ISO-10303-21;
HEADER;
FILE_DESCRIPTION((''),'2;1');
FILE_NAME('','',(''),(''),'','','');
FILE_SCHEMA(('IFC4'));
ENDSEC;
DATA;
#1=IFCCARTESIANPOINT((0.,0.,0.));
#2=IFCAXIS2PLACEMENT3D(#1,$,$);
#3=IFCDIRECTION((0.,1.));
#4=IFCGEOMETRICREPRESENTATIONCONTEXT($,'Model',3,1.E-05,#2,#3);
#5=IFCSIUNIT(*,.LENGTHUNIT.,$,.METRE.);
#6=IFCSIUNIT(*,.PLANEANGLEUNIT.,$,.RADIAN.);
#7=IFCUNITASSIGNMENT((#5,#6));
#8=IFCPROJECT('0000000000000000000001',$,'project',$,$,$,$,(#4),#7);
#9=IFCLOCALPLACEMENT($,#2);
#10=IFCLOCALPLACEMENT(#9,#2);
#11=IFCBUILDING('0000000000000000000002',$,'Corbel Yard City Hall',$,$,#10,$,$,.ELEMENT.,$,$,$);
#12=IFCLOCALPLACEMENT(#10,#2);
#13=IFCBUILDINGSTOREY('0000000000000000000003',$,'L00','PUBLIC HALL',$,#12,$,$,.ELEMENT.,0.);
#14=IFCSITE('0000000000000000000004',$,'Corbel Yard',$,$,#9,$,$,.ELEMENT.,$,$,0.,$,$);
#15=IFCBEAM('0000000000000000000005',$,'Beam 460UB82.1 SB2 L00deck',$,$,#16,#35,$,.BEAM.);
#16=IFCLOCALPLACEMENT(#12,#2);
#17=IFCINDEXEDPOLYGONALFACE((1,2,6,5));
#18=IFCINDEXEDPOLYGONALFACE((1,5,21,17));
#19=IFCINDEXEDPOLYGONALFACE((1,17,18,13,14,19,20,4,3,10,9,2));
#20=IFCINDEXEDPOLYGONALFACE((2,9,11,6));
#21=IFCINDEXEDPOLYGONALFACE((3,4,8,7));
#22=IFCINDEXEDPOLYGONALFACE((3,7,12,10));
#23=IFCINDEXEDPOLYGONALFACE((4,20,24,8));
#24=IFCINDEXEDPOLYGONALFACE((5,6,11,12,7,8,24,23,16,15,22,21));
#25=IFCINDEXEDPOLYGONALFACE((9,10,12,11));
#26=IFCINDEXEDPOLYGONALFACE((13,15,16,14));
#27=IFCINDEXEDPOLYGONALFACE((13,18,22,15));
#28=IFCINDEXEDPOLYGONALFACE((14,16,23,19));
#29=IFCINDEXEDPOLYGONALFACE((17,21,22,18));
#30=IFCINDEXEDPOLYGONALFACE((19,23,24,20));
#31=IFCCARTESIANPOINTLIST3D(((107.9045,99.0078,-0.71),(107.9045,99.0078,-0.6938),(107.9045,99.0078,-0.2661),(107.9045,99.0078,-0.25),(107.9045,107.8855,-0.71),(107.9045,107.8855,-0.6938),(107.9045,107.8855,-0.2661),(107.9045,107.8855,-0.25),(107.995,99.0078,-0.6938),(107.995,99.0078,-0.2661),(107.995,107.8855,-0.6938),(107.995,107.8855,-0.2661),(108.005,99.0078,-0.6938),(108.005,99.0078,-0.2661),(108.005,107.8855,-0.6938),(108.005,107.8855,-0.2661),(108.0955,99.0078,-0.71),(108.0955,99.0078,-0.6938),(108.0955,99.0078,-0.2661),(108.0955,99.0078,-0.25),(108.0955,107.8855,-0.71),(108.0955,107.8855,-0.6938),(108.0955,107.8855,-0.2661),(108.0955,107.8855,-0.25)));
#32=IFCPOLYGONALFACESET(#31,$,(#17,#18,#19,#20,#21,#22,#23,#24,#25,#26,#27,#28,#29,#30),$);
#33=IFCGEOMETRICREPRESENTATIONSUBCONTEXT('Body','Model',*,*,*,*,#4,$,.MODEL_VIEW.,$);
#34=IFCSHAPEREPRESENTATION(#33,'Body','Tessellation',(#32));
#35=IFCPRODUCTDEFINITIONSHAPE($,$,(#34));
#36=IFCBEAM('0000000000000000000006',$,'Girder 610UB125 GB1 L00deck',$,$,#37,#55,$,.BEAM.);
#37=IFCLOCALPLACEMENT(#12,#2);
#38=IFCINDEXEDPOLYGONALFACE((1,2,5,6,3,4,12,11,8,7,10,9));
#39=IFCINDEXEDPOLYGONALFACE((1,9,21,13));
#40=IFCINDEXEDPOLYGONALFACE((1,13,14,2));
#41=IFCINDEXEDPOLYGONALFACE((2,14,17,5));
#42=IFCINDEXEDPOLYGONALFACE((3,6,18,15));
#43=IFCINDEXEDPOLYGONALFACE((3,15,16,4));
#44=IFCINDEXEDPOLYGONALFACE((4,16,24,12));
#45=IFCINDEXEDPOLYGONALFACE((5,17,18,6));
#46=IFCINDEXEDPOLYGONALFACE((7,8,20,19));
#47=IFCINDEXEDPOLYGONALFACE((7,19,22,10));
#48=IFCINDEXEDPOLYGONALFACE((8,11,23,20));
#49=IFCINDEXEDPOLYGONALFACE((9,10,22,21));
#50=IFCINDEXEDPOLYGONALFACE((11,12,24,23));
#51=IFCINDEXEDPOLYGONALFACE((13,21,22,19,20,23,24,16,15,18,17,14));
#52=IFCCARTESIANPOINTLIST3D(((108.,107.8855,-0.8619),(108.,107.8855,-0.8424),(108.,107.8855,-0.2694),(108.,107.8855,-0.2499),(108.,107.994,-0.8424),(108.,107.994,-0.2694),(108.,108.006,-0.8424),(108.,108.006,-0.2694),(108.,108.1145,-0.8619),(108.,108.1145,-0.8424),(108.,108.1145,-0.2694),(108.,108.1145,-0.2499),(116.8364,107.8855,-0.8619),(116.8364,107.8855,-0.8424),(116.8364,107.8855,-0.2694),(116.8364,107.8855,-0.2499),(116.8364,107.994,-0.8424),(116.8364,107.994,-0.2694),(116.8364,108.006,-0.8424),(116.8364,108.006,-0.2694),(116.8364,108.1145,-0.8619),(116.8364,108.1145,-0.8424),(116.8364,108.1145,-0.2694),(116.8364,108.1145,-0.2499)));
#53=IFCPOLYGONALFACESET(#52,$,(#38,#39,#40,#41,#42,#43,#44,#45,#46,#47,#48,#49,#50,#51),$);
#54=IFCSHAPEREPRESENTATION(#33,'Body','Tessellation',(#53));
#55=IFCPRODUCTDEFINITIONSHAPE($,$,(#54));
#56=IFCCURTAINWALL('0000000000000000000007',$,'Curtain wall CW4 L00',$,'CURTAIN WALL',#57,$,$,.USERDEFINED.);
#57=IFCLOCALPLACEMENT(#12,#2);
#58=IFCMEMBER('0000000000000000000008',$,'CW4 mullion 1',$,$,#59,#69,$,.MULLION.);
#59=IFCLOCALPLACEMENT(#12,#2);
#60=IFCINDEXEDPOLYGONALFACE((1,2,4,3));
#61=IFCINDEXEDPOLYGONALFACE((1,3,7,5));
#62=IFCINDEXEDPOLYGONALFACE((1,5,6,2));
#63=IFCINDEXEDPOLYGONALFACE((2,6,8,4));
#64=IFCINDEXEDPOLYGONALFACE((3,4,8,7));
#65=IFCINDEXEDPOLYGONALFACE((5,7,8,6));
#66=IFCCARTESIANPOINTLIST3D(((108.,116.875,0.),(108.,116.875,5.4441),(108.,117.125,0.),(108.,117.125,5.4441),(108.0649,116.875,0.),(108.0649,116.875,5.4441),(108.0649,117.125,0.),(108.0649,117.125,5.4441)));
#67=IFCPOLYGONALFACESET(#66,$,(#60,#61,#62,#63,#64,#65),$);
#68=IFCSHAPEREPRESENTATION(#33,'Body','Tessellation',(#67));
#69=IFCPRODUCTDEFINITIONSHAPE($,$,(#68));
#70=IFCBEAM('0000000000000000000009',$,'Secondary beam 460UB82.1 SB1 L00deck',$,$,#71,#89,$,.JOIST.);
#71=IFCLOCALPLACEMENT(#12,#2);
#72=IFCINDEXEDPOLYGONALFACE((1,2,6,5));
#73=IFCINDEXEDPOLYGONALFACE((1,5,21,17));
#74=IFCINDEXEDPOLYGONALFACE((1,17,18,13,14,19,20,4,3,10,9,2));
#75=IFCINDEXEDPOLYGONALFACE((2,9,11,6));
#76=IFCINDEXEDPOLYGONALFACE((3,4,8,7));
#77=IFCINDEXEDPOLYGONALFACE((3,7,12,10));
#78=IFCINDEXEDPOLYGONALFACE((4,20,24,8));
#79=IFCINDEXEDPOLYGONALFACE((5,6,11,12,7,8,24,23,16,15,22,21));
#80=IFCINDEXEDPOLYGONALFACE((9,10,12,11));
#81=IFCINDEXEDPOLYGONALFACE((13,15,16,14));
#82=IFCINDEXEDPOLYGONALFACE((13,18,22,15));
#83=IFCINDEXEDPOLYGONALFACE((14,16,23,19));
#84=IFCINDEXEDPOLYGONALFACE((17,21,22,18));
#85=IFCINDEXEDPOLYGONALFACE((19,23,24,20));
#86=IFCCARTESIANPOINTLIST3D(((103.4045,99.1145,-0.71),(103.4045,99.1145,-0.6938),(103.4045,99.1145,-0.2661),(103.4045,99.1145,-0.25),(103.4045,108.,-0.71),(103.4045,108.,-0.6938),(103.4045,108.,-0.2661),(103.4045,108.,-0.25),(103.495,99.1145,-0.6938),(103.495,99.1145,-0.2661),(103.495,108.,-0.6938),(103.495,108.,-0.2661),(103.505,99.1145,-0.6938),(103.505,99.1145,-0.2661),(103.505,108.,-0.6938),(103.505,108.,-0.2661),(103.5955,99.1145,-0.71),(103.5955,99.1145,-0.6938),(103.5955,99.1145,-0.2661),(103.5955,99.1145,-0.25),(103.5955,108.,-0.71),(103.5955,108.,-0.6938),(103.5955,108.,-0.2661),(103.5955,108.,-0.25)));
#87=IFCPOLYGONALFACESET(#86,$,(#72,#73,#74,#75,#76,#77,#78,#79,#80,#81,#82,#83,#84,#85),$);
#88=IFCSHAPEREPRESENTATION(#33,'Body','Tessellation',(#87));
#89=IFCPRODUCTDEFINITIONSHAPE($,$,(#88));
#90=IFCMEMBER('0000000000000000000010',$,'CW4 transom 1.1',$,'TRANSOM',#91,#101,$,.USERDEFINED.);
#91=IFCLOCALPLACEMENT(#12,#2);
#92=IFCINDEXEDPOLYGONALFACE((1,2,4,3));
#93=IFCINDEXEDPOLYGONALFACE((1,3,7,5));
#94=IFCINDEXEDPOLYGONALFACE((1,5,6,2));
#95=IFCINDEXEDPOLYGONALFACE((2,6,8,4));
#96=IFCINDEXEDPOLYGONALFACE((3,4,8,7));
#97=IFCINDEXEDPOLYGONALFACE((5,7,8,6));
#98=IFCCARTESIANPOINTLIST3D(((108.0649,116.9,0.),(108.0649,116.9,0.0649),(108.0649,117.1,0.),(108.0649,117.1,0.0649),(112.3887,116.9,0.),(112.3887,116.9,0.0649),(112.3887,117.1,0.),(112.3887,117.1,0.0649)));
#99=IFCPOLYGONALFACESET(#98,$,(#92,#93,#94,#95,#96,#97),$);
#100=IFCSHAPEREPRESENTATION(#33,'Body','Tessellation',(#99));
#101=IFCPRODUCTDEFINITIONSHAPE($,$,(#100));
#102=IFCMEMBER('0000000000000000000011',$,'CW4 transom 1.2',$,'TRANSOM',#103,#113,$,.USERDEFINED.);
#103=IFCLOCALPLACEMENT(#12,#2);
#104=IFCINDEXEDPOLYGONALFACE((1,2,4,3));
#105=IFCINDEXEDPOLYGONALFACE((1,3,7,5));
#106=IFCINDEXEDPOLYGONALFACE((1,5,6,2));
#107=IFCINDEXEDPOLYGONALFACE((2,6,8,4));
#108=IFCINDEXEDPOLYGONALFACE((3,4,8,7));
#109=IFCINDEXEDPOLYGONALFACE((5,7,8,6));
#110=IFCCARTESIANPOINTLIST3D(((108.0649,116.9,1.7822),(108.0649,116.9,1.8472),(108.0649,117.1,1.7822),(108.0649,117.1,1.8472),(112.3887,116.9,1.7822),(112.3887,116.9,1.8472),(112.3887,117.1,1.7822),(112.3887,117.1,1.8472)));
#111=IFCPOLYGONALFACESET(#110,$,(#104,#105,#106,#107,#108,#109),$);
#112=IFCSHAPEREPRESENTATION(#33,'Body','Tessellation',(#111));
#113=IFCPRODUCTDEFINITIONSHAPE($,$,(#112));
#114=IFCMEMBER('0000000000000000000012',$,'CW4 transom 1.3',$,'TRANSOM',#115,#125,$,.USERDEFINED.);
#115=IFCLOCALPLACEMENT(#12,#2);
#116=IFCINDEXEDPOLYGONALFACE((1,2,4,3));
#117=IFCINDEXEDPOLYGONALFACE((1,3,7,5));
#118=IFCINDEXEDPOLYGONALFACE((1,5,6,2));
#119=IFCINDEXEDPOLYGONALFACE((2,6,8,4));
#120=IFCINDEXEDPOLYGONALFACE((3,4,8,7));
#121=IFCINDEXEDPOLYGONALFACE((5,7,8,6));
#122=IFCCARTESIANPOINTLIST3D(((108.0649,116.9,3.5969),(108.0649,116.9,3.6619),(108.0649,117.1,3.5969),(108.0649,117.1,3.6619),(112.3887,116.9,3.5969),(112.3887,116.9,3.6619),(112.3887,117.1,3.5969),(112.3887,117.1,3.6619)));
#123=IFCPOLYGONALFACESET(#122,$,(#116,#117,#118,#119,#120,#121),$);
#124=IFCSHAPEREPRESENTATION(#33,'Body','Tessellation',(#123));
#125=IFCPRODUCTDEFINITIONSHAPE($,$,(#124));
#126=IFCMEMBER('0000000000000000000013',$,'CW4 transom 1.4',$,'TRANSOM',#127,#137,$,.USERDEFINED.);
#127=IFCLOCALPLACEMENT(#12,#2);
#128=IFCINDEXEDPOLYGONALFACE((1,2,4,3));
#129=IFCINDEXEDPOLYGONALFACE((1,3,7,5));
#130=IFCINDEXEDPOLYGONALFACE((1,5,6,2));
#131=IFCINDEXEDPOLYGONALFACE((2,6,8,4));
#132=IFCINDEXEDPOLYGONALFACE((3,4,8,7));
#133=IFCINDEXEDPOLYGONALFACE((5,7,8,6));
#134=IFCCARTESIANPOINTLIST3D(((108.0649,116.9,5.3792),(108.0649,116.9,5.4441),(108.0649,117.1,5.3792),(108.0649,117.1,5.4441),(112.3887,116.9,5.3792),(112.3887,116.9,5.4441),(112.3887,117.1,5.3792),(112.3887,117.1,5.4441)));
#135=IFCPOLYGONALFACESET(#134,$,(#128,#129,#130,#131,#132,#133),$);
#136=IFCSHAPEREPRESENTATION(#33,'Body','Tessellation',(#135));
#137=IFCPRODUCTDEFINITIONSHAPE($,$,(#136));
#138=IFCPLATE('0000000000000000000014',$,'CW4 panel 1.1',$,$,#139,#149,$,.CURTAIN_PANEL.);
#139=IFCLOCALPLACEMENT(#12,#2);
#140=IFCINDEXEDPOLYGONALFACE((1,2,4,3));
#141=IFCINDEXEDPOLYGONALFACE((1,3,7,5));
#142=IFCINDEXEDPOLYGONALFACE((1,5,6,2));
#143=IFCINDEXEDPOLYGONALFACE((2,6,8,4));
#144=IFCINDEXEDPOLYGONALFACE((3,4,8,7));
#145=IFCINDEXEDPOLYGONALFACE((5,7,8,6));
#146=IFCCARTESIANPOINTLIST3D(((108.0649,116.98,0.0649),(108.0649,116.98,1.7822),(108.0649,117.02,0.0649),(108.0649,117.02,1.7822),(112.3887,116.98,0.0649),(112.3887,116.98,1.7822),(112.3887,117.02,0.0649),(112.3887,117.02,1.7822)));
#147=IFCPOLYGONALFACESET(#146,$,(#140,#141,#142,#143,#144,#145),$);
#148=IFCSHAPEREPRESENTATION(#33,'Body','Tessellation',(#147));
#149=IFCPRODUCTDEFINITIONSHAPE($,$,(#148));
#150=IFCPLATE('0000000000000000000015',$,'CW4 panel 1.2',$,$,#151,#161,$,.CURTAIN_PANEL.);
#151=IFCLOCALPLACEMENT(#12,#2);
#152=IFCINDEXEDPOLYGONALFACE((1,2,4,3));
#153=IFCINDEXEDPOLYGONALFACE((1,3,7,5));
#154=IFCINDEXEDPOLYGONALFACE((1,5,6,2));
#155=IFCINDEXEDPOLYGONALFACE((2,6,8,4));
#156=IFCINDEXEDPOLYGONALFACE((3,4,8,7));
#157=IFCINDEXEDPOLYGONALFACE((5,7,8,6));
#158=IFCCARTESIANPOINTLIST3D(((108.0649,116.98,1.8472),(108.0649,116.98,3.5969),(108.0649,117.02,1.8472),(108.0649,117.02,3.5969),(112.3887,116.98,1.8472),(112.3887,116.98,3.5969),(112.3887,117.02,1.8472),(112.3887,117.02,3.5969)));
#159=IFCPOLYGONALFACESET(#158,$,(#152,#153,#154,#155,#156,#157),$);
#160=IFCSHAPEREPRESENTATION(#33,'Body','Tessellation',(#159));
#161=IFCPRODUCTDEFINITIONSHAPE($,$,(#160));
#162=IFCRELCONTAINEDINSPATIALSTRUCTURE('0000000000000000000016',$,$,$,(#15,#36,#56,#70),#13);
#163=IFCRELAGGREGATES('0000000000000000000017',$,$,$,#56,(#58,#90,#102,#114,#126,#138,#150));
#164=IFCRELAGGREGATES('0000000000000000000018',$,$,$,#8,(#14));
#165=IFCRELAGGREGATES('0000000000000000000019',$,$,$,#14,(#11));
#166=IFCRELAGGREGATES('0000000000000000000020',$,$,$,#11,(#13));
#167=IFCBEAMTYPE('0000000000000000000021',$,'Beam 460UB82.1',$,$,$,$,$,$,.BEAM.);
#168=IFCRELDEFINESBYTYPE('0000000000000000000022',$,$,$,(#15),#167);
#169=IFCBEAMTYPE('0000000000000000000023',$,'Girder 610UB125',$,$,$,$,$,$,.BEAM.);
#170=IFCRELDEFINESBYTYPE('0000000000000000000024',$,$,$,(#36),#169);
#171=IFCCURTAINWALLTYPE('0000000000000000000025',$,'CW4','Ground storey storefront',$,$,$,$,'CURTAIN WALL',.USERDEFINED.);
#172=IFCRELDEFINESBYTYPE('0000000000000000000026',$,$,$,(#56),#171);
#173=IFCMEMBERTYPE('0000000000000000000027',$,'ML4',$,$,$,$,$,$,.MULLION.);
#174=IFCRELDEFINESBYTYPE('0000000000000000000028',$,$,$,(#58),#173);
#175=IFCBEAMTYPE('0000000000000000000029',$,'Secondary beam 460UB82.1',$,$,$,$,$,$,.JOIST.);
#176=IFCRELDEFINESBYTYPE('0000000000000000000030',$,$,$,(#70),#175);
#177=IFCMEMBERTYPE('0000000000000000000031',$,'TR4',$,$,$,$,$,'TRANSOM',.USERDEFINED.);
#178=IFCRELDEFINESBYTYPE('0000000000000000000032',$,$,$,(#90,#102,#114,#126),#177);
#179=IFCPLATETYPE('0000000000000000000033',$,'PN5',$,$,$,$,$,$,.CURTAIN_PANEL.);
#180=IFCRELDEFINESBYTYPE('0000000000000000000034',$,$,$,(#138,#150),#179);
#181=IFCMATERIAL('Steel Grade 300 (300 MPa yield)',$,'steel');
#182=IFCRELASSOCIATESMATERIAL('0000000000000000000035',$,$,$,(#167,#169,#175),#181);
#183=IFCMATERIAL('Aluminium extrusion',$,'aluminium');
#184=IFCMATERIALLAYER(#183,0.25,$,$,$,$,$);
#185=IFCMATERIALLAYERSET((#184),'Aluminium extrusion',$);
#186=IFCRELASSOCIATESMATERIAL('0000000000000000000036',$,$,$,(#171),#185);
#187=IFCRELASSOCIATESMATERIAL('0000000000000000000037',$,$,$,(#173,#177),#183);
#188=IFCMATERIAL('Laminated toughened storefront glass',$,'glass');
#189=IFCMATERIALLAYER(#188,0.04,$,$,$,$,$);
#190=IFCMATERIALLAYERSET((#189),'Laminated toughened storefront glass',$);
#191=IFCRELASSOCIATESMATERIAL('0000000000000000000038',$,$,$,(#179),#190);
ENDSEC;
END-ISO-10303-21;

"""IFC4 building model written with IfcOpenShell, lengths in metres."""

from ifc_helpers import new_model, si_unit, direction, frame, origin, origin_2d, place, context, subcontext, project, spatial, rectangle, i_section, extrude, material, layer, layer_set, material_profile, profile_set, type_object, element, aggregate, save


model = new_model("IFC4")

# Units and contexts
model_context = context("Model", 3, precision=1e-05, world=origin(), true_north=direction((0.0, 1.0)))
body_context = subcontext(model_context, "Body", "Model", "MODEL_VIEW")
ifc_project = project(units=[si_unit("LENGTHUNIT", "METRE"), si_unit("PLANEANGLEUNIT", "RADIAN")], contexts=[model_context])

# Site, building, storey
site_placement = place(None, origin())
site = spatial("IfcSite", under=ifc_project, at=site_placement, Name="Corbel Yard", CompositionType="ELEMENT", RefElevation=0.0)
building_placement = place(site_placement, origin())
building = spatial("IfcBuilding", under=site, at=building_placement, Name="Corbel Yard City Hall", CompositionType="ELEMENT")
storey_placement = place(building_placement, origin())
storey = spatial("IfcBuildingStorey", under=building, at=storey_placement, Name="L00", Description="PUBLIC HALL", CompositionType="ELEMENT", Elevation=0.0)

# Beams
ifc_material_1 = material(Name="Steel Grade 300 (300 MPa yield)", Category="steel")
ifc_material_profile_1 = material_profile(ifc_material_1, i_section(OverallWidth=0.1909, OverallDepth=0.46, WebThickness=0.01, FlangeThickness=0.0161, at=origin_2d()), Name="460UB82.1")
ifc_profile_set_1 = profile_set([ifc_material_profile_1], Name="Steel Grade 300 (300 MPa yield)")
beam_type_1 = type_object("IfcBeamType", Name="Beam 460UB82.1", PredefinedType="BEAM", material=ifc_profile_set_1)
beam_1_placement = place(storey_placement, frame((108.0, 99.0078, -0.48), z_axis=(0.0, 1.0, 0.0), x_axis=(-1.0, 0.0, 0.0)))
element("IfcBeam", 1, at=beam_1_placement, inside=storey, type_object=beam_type_1, Name="Beam 460UB82.1 SB2 L00deck", PredefinedType="BEAM", context=body_context, shape_type="SweptSolid", body=[
    extrude(i_section(OverallWidth=0.1909, OverallDepth=0.46, WebThickness=0.01, FlangeThickness=0.0161, at=origin_2d()), origin(), (0.0, 0.0, 1.0), 8.8777),
])
ifc_material_profile_2 = material_profile(ifc_material_1, i_section(OverallWidth=0.229, OverallDepth=0.6121, WebThickness=0.012, FlangeThickness=0.0195, at=origin_2d()), Name="610UB125")
ifc_profile_set_2 = profile_set([ifc_material_profile_2], Name="Steel Grade 300 (300 MPa yield)")
beam_type_2 = type_object("IfcBeamType", Name="Girder 610UB125", PredefinedType="BEAM", material=ifc_profile_set_2)
beam_2_placement = place(storey_placement, frame((108.0, 108.0, -0.5559), z_axis=(1.0, 0.0, 0.0), x_axis=(0.0, 1.0, 0.0)))
element("IfcBeam", 2, at=beam_2_placement, inside=storey, type_object=beam_type_2, Name="Girder 610UB125 GB1 L00deck", PredefinedType="BEAM", context=body_context, shape_type="SweptSolid", body=[
    extrude(i_section(OverallWidth=0.229, OverallDepth=0.6121, WebThickness=0.012, FlangeThickness=0.0195, at=origin_2d()), origin(), (0.0, 0.0, 1.0), 8.8364),
])

# Curtain wall, member
ifc_material_2 = material(Name="Aluminium extrusion", Category="aluminium")
ifc_layer_1 = layer(ifc_material_2, 0.25)
ifc_layer_set_1 = layer_set([ifc_layer_1], Name="Aluminium extrusion")
curtain_wall_type = type_object("IfcCurtainWallType", Name="CW4", Description="Ground storey storefront", ElementType="CURTAIN WALL", PredefinedType="USERDEFINED", material=ifc_layer_set_1)
curtain_wall_placement = place(storey_placement, origin())
curtain_wall = element("IfcCurtainWall", 3, at=curtain_wall_placement, inside=storey, type_object=curtain_wall_type, Name="Curtain wall CW4 L00", ObjectType="CURTAIN WALL", PredefinedType="USERDEFINED")
ifc_material_profile_3 = material_profile(ifc_material_2, rectangle(XDim=0.25, YDim=0.0649, at=origin_2d()), Name="250x65")
ifc_profile_set_3 = profile_set([ifc_material_profile_3], Name="Aluminium extrusion")
member_type_1 = type_object("IfcMemberType", Name="ML4", PredefinedType="MULLION", material=ifc_profile_set_3)
member_1_placement = place(storey_placement, frame((108.0325, 117.0, 0.0), z_axis=(0.0, 0.0, 1.0), x_axis=(0.0, 1.0, 0.0)))
member_1 = element("IfcMember", 4, at=member_1_placement, type_object=member_type_1, Name="CW4 mullion 1", PredefinedType="MULLION", context=body_context, shape_type="SweptSolid", body=[
    extrude(rectangle(XDim=0.25, YDim=0.0649, at=origin_2d()), origin(), (0.0, 0.0, 1.0), 5.4441),
])

# Beam
ifc_material_profile_4 = material_profile(ifc_material_1, i_section(OverallWidth=0.1909, OverallDepth=0.46, WebThickness=0.01, FlangeThickness=0.0161, at=origin_2d()), Name="460UB82.1")
ifc_profile_set_4 = profile_set([ifc_material_profile_4], Name="Steel Grade 300 (300 MPa yield)")
beam_type_3 = type_object("IfcBeamType", Name="Secondary beam 460UB82.1", PredefinedType="JOIST", material=ifc_profile_set_4)
beam_3_placement = place(storey_placement, frame((103.5, 99.1145, -0.48), z_axis=(0.0, 1.0, 0.0), x_axis=(-1.0, 0.0, 0.0)))
element("IfcBeam", 5, at=beam_3_placement, inside=storey, type_object=beam_type_3, Name="Secondary beam 460UB82.1 SB1 L00deck", PredefinedType="JOIST", context=body_context, shape_type="SweptSolid", body=[
    extrude(i_section(OverallWidth=0.1909, OverallDepth=0.46, WebThickness=0.01, FlangeThickness=0.0161, at=origin_2d()), origin(), (0.0, 0.0, 1.0), 8.8855),
])

# Members
ifc_material_profile_5 = material_profile(ifc_material_2, rectangle(XDim=0.2, YDim=0.0649, at=origin_2d()), Name="200x65")
ifc_profile_set_5 = profile_set([ifc_material_profile_5], Name="Aluminium extrusion")
member_type_2 = type_object("IfcMemberType", Name="TR4", ElementType="TRANSOM", PredefinedType="USERDEFINED", material=ifc_profile_set_5)
member_2_placement = place(storey_placement, frame((108.0649, 117.0, 0.0325), z_axis=(1.0, 0.0, 0.0), x_axis=(0.0, 1.0, 0.0)))
member_2 = element("IfcMember", 6, at=member_2_placement, type_object=member_type_2, Name="CW4 transom 1.1", ObjectType="TRANSOM", PredefinedType="USERDEFINED", context=body_context, shape_type="SweptSolid", body=[
    extrude(rectangle(XDim=0.2, YDim=0.0649, at=origin_2d()), origin(), (0.0, 0.0, 1.0), 4.3237),
])
member_3_placement = place(storey_placement, frame((108.0649, 117.0, 1.8147), z_axis=(1.0, 0.0, 0.0), x_axis=(0.0, 1.0, 0.0)))
member_3 = element("IfcMember", 7, at=member_3_placement, type_object=member_type_2, Name="CW4 transom 1.2", ObjectType="TRANSOM", PredefinedType="USERDEFINED", context=body_context, shape_type="SweptSolid", body=[
    extrude(rectangle(XDim=0.2, YDim=0.0649, at=origin_2d()), origin(), (0.0, 0.0, 1.0), 4.3237),
])
member_4_placement = place(storey_placement, frame((108.0649, 117.0, 3.6294), z_axis=(1.0, 0.0, 0.0), x_axis=(0.0, 1.0, 0.0)))
member_4 = element("IfcMember", 8, at=member_4_placement, type_object=member_type_2, Name="CW4 transom 1.3", ObjectType="TRANSOM", PredefinedType="USERDEFINED", context=body_context, shape_type="SweptSolid", body=[
    extrude(rectangle(XDim=0.2, YDim=0.0649, at=origin_2d()), origin(), (0.0, 0.0, 1.0), 4.3237),
])
member_5_placement = place(storey_placement, frame((108.0649, 117.0, 5.4116), z_axis=(1.0, 0.0, 0.0), x_axis=(0.0, 1.0, 0.0)))
member_5 = element("IfcMember", 9, at=member_5_placement, type_object=member_type_2, Name="CW4 transom 1.4", ObjectType="TRANSOM", PredefinedType="USERDEFINED", context=body_context, shape_type="SweptSolid", body=[
    extrude(rectangle(XDim=0.2, YDim=0.0649, at=origin_2d()), origin(), (0.0, 0.0, 1.0), 4.3237),
])

# Plates
ifc_material_3 = material(Name="Laminated toughened storefront glass", Category="glass")
ifc_layer_2 = layer(ifc_material_3, 0.04)
ifc_layer_set_2 = layer_set([ifc_layer_2], Name="Laminated toughened storefront glass")
plate_type = type_object("IfcPlateType", Name="PN5", PredefinedType="CURTAIN_PANEL", material=ifc_layer_set_2)
plate_1_placement = place(storey_placement, frame((110.2268, 117.0, 0.0649), z_axis=(0.0, 0.0, 1.0), x_axis=(1.0, 0.0, 0.0)))
plate_1 = element("IfcPlate", 10, at=plate_1_placement, type_object=plate_type, Name="CW4 panel 1.1", PredefinedType="CURTAIN_PANEL", context=body_context, shape_type="SweptSolid", body=[
    extrude(rectangle(XDim=4.3237, YDim=0.04, at=origin_2d()), origin(), (0.0, 0.0, 1.0), 1.7173),
])
plate_2_placement = place(storey_placement, frame((110.2268, 117.0, 1.8472), z_axis=(0.0, 0.0, 1.0), x_axis=(1.0, 0.0, 0.0)))
plate_2 = element("IfcPlate", 11, at=plate_2_placement, type_object=plate_type, Name="CW4 panel 1.2", PredefinedType="CURTAIN_PANEL", context=body_context, shape_type="SweptSolid", body=[
    extrude(rectangle(XDim=4.3237, YDim=0.04, at=origin_2d()), origin(), (0.0, 0.0, 1.0), 1.7498),
])
aggregate(curtain_wall, [member_1, member_2, member_3, member_4, member_5, plate_1, plate_2])

save(model, "model.ifc")
